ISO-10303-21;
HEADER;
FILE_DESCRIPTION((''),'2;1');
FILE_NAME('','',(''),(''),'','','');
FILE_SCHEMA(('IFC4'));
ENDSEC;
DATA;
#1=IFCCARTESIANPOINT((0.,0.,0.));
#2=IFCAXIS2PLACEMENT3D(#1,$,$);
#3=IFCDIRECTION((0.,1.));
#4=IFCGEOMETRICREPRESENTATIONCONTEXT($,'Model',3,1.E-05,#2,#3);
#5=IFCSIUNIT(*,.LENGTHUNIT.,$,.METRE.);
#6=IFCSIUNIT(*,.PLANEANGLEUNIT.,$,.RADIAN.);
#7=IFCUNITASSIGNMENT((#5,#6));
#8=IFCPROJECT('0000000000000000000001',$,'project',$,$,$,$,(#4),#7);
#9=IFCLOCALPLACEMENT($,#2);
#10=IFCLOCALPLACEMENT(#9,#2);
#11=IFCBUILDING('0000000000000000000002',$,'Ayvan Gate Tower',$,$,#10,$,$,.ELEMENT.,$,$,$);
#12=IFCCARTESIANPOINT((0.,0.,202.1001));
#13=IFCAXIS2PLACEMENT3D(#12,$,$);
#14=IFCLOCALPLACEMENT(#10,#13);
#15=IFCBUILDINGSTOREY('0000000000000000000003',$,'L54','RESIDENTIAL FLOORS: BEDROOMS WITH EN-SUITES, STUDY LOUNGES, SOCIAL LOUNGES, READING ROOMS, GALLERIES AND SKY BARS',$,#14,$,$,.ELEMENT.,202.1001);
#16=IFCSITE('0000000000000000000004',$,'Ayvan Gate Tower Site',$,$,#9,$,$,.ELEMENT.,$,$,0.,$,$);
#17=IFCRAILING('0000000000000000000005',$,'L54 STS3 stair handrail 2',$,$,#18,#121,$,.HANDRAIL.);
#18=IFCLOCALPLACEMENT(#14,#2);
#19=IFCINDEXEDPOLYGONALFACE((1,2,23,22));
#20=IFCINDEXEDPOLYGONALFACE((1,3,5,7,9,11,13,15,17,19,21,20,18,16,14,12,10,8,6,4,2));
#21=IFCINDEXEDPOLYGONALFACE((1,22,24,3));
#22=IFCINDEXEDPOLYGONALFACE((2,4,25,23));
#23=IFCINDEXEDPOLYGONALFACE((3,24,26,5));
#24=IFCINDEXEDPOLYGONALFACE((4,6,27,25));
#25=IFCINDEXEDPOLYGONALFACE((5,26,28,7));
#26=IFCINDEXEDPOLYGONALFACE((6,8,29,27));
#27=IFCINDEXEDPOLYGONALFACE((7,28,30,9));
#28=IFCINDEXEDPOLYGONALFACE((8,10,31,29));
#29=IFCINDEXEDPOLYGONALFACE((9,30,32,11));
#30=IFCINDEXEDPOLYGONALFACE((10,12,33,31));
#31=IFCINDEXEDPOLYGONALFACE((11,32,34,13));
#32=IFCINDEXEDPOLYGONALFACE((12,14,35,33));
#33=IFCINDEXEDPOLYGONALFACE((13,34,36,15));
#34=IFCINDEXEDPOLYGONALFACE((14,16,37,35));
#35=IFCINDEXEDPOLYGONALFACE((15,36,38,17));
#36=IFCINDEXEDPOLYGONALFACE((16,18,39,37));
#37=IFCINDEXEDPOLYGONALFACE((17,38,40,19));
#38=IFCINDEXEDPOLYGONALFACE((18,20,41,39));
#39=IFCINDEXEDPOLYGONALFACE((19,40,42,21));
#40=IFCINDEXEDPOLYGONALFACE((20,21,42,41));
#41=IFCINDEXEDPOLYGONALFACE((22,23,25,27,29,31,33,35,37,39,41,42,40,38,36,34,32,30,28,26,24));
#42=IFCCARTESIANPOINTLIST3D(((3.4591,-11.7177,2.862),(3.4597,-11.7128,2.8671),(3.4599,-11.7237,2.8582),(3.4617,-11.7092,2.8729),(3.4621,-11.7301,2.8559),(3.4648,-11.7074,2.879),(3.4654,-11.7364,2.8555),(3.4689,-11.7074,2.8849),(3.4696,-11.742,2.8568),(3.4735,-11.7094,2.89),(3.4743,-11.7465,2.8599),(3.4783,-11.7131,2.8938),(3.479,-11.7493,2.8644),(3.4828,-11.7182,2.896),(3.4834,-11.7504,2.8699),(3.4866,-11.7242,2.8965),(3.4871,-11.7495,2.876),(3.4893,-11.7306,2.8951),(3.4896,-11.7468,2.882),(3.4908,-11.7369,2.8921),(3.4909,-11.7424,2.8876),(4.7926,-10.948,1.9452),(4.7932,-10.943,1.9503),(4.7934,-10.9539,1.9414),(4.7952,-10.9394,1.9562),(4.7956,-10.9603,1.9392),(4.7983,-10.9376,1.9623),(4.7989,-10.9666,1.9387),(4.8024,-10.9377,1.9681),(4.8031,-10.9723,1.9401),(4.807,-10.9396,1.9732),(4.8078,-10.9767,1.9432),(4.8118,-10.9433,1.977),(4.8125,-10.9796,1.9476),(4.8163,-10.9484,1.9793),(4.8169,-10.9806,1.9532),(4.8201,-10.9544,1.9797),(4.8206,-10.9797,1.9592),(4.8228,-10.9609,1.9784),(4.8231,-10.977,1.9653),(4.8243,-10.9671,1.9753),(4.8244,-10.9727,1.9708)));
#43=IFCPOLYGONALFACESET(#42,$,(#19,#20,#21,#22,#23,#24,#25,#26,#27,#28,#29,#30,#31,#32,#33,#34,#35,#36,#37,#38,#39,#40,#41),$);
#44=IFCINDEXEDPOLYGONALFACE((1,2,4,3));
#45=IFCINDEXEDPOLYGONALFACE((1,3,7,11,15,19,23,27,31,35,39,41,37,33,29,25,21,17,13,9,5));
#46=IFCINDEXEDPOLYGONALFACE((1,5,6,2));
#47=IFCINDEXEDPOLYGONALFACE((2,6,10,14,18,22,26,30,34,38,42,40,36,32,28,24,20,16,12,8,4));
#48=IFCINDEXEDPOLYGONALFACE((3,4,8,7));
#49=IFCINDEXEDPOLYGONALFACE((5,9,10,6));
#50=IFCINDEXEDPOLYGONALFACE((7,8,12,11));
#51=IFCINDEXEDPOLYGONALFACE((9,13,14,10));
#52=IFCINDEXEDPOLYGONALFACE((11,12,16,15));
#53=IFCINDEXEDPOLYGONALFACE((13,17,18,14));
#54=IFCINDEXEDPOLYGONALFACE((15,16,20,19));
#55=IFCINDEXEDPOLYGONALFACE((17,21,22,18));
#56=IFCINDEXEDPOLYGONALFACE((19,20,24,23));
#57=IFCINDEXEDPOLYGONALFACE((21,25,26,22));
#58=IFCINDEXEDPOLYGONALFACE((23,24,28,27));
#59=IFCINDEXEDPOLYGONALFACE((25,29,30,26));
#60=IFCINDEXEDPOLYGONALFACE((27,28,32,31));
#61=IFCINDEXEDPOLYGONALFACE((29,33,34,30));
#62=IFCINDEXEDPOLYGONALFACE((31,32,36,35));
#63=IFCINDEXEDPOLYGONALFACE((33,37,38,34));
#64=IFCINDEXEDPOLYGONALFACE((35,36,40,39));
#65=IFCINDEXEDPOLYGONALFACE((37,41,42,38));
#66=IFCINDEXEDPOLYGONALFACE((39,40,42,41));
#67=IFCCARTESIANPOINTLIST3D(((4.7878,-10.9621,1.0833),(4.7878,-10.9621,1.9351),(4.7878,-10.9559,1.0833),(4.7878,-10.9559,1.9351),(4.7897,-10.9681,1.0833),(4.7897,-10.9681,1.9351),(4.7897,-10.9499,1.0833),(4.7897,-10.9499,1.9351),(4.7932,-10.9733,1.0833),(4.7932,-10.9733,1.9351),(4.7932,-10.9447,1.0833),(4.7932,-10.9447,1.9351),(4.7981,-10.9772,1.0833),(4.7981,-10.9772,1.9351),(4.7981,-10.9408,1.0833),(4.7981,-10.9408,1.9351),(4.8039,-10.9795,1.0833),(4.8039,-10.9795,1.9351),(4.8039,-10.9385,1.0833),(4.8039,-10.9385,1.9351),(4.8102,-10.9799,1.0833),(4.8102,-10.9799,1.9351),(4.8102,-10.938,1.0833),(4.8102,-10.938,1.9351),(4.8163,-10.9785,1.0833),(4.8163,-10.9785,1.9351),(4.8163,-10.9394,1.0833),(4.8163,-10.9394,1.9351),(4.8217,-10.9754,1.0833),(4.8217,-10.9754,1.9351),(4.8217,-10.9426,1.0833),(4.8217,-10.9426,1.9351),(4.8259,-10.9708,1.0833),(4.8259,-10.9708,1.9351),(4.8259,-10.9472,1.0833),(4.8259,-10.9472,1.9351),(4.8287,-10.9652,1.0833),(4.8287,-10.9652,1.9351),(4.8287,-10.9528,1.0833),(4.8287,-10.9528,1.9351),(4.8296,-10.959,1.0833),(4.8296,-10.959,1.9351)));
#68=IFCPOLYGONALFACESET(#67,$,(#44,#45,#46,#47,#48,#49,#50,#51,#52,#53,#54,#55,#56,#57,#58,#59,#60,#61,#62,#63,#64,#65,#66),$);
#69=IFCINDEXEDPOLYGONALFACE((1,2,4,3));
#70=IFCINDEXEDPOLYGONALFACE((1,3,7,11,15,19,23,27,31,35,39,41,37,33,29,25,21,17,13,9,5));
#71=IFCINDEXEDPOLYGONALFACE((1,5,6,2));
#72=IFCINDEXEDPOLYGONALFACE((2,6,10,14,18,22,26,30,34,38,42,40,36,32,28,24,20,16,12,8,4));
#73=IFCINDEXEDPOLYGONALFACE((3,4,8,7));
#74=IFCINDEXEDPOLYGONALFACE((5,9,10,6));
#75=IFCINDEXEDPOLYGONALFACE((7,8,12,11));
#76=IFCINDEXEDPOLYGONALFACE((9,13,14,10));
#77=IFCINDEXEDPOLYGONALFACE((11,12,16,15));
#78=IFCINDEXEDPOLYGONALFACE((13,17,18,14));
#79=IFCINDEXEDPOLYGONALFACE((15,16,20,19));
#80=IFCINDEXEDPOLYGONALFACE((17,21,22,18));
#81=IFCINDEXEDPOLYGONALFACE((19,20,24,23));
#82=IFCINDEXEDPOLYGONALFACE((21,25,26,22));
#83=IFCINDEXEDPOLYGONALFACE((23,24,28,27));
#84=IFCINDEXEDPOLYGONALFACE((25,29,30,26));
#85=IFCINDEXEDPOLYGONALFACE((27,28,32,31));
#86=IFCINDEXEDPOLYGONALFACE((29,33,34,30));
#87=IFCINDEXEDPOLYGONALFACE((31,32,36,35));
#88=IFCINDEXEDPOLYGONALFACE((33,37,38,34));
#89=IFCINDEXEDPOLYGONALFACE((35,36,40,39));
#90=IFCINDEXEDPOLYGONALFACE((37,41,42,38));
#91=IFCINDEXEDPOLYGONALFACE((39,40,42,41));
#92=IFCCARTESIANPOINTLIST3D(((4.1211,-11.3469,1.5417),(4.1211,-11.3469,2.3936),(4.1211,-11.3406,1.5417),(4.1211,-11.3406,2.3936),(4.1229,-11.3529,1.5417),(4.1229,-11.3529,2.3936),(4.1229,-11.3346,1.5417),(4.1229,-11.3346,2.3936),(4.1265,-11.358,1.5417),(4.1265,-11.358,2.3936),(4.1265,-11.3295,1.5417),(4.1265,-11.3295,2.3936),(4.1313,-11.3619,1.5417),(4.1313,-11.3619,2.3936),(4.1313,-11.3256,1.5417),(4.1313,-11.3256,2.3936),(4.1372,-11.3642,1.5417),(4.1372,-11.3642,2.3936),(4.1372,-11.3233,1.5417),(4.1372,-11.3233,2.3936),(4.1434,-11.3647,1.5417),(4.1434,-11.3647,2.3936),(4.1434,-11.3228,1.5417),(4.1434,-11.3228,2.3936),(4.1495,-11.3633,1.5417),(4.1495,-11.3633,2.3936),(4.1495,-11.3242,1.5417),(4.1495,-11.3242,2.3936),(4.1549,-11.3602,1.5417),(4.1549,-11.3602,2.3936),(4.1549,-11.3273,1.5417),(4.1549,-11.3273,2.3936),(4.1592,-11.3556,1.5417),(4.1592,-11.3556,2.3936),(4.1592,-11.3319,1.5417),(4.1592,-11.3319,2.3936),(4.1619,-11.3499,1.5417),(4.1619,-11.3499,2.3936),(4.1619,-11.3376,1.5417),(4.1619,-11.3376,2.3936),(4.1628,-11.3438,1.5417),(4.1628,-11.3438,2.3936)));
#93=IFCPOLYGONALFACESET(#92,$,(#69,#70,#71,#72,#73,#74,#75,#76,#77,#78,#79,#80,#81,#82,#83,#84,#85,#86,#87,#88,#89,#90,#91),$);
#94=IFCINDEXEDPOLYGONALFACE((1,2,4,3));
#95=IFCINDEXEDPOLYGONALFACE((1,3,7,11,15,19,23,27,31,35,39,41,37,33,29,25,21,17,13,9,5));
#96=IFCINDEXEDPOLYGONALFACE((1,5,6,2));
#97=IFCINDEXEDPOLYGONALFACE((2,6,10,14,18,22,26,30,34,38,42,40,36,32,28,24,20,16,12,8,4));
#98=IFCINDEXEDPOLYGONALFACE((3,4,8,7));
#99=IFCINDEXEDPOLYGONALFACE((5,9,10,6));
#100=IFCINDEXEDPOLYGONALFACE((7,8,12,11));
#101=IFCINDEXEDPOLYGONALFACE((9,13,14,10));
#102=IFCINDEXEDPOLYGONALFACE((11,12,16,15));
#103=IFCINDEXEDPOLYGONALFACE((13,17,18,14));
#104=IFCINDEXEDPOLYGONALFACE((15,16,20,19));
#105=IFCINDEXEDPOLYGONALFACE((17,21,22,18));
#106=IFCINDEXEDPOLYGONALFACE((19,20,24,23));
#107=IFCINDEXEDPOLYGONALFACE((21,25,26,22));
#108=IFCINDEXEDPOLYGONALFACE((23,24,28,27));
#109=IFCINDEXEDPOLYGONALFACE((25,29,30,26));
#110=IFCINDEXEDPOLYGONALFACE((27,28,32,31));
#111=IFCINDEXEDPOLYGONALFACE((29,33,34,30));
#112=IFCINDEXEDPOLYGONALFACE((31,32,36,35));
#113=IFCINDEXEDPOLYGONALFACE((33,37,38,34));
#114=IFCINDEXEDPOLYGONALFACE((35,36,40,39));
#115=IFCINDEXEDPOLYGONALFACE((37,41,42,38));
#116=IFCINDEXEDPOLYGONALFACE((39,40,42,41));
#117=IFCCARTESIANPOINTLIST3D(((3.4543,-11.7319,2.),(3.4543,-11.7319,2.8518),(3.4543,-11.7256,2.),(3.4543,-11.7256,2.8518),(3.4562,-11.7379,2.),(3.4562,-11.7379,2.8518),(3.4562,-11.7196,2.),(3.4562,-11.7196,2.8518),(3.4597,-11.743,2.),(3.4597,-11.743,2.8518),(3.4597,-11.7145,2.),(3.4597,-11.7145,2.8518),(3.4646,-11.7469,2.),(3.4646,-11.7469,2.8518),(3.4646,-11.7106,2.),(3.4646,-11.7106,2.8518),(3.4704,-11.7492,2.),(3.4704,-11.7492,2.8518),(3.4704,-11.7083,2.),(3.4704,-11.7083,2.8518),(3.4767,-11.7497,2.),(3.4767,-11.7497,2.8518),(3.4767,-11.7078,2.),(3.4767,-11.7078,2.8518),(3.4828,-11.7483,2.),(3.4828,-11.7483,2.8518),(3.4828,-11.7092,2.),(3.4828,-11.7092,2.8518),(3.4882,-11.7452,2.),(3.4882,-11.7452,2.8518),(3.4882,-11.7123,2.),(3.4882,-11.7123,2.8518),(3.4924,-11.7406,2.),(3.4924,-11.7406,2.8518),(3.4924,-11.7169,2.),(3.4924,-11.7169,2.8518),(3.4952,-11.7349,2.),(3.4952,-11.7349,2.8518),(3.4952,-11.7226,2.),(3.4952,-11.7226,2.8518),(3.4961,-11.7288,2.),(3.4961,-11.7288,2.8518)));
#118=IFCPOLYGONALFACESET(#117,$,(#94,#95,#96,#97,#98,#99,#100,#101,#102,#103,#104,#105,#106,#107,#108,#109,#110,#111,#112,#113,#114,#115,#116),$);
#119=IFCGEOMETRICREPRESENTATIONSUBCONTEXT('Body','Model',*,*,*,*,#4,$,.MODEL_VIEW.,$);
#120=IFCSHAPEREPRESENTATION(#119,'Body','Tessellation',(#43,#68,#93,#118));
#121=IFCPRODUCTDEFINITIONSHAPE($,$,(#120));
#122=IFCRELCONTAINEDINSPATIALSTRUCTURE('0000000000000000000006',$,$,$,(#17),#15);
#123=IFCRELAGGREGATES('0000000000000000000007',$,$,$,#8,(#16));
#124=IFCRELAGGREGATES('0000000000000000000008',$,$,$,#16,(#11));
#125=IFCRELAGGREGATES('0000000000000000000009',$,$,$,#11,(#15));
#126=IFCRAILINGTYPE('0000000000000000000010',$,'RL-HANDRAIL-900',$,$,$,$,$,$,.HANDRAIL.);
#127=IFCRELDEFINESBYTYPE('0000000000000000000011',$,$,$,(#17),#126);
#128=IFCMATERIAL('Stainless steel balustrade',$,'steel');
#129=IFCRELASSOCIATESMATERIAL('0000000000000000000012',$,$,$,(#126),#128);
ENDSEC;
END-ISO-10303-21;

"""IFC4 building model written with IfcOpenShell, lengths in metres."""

from ifc_helpers import new_model, si_unit, direction, frame, origin, origin_2d, place, context, subcontext, project, spatial, circle, extrude, material, type_object, element, save


model = new_model("IFC4")

# Units and contexts
model_context = context("Model", 3, precision=1e-05, world=origin(), true_north=direction((0.0, 1.0)))
body_context = subcontext(model_context, "Body", "Model", "MODEL_VIEW")
ifc_project = project(units=[si_unit("LENGTHUNIT", "METRE"), si_unit("PLANEANGLEUNIT", "RADIAN")], contexts=[model_context])

# Site, building, storey
site_placement = place(None, origin())
site = spatial("IfcSite", under=ifc_project, at=site_placement, Name="Ayvan Gate Tower Site", CompositionType="ELEMENT", RefElevation=0.0)
building_placement = place(site_placement, origin())
building = spatial("IfcBuilding", under=site, at=building_placement, Name="Ayvan Gate Tower", CompositionType="ELEMENT")
storey_placement = place(building_placement, frame((0.0, 0.0, 202.1001)))
storey = spatial("IfcBuildingStorey", under=building, at=storey_placement, Name="L54", Description="RESIDENTIAL FLOORS: BEDROOMS WITH EN-SUITES, STUDY LOUNGES, SOCIAL LOUNGES, READING ROOMS, GALLERIES AND SKY BARS", CompositionType="ELEMENT", Elevation=202.1001)

# Railing
ifc_material_1 = material(Name="Stainless steel balustrade", Category="steel")
railing_type_1 = type_object("IfcRailingType", Name="RL-HANDRAIL-900", PredefinedType="HANDRAIL", material=ifc_material_1)
railing_1_placement = place(storey_placement, frame((4.8086, -10.959, 1.0833)))
element("IfcRailing", 1, at=railing_1_placement, inside=storey, type_object=railing_type_1, Name="L54 STS3 stair handrail 2", PredefinedType="HANDRAIL", context=body_context, shape_type="SweptSolid", body=[
    extrude(circle(Radius=0.0239, at=origin_2d()), frame((0.0, 0.0, 0.876), z_axis=(-0.744147, -0.429567, 0.511584), x_axis=(0.499942, -0.866059, 0.0)), (0.0, 0.0, 1.0), 1.792),
    extrude(circle(Radius=0.021, at=origin_2d()), origin(), (0.0, 0.0, 1.0), 0.8518),
    extrude(circle(Radius=0.021, at=origin_2d()), frame((-0.6667, -0.3848, 0.4585)), (0.0, 0.0, 1.0), 0.8518),
    extrude(circle(Radius=0.021, at=origin_2d()), frame((-1.3335, -0.7698, 0.9167)), (0.0, 0.0, 1.0), 0.8518),
])

save(model, "model.ifc")
